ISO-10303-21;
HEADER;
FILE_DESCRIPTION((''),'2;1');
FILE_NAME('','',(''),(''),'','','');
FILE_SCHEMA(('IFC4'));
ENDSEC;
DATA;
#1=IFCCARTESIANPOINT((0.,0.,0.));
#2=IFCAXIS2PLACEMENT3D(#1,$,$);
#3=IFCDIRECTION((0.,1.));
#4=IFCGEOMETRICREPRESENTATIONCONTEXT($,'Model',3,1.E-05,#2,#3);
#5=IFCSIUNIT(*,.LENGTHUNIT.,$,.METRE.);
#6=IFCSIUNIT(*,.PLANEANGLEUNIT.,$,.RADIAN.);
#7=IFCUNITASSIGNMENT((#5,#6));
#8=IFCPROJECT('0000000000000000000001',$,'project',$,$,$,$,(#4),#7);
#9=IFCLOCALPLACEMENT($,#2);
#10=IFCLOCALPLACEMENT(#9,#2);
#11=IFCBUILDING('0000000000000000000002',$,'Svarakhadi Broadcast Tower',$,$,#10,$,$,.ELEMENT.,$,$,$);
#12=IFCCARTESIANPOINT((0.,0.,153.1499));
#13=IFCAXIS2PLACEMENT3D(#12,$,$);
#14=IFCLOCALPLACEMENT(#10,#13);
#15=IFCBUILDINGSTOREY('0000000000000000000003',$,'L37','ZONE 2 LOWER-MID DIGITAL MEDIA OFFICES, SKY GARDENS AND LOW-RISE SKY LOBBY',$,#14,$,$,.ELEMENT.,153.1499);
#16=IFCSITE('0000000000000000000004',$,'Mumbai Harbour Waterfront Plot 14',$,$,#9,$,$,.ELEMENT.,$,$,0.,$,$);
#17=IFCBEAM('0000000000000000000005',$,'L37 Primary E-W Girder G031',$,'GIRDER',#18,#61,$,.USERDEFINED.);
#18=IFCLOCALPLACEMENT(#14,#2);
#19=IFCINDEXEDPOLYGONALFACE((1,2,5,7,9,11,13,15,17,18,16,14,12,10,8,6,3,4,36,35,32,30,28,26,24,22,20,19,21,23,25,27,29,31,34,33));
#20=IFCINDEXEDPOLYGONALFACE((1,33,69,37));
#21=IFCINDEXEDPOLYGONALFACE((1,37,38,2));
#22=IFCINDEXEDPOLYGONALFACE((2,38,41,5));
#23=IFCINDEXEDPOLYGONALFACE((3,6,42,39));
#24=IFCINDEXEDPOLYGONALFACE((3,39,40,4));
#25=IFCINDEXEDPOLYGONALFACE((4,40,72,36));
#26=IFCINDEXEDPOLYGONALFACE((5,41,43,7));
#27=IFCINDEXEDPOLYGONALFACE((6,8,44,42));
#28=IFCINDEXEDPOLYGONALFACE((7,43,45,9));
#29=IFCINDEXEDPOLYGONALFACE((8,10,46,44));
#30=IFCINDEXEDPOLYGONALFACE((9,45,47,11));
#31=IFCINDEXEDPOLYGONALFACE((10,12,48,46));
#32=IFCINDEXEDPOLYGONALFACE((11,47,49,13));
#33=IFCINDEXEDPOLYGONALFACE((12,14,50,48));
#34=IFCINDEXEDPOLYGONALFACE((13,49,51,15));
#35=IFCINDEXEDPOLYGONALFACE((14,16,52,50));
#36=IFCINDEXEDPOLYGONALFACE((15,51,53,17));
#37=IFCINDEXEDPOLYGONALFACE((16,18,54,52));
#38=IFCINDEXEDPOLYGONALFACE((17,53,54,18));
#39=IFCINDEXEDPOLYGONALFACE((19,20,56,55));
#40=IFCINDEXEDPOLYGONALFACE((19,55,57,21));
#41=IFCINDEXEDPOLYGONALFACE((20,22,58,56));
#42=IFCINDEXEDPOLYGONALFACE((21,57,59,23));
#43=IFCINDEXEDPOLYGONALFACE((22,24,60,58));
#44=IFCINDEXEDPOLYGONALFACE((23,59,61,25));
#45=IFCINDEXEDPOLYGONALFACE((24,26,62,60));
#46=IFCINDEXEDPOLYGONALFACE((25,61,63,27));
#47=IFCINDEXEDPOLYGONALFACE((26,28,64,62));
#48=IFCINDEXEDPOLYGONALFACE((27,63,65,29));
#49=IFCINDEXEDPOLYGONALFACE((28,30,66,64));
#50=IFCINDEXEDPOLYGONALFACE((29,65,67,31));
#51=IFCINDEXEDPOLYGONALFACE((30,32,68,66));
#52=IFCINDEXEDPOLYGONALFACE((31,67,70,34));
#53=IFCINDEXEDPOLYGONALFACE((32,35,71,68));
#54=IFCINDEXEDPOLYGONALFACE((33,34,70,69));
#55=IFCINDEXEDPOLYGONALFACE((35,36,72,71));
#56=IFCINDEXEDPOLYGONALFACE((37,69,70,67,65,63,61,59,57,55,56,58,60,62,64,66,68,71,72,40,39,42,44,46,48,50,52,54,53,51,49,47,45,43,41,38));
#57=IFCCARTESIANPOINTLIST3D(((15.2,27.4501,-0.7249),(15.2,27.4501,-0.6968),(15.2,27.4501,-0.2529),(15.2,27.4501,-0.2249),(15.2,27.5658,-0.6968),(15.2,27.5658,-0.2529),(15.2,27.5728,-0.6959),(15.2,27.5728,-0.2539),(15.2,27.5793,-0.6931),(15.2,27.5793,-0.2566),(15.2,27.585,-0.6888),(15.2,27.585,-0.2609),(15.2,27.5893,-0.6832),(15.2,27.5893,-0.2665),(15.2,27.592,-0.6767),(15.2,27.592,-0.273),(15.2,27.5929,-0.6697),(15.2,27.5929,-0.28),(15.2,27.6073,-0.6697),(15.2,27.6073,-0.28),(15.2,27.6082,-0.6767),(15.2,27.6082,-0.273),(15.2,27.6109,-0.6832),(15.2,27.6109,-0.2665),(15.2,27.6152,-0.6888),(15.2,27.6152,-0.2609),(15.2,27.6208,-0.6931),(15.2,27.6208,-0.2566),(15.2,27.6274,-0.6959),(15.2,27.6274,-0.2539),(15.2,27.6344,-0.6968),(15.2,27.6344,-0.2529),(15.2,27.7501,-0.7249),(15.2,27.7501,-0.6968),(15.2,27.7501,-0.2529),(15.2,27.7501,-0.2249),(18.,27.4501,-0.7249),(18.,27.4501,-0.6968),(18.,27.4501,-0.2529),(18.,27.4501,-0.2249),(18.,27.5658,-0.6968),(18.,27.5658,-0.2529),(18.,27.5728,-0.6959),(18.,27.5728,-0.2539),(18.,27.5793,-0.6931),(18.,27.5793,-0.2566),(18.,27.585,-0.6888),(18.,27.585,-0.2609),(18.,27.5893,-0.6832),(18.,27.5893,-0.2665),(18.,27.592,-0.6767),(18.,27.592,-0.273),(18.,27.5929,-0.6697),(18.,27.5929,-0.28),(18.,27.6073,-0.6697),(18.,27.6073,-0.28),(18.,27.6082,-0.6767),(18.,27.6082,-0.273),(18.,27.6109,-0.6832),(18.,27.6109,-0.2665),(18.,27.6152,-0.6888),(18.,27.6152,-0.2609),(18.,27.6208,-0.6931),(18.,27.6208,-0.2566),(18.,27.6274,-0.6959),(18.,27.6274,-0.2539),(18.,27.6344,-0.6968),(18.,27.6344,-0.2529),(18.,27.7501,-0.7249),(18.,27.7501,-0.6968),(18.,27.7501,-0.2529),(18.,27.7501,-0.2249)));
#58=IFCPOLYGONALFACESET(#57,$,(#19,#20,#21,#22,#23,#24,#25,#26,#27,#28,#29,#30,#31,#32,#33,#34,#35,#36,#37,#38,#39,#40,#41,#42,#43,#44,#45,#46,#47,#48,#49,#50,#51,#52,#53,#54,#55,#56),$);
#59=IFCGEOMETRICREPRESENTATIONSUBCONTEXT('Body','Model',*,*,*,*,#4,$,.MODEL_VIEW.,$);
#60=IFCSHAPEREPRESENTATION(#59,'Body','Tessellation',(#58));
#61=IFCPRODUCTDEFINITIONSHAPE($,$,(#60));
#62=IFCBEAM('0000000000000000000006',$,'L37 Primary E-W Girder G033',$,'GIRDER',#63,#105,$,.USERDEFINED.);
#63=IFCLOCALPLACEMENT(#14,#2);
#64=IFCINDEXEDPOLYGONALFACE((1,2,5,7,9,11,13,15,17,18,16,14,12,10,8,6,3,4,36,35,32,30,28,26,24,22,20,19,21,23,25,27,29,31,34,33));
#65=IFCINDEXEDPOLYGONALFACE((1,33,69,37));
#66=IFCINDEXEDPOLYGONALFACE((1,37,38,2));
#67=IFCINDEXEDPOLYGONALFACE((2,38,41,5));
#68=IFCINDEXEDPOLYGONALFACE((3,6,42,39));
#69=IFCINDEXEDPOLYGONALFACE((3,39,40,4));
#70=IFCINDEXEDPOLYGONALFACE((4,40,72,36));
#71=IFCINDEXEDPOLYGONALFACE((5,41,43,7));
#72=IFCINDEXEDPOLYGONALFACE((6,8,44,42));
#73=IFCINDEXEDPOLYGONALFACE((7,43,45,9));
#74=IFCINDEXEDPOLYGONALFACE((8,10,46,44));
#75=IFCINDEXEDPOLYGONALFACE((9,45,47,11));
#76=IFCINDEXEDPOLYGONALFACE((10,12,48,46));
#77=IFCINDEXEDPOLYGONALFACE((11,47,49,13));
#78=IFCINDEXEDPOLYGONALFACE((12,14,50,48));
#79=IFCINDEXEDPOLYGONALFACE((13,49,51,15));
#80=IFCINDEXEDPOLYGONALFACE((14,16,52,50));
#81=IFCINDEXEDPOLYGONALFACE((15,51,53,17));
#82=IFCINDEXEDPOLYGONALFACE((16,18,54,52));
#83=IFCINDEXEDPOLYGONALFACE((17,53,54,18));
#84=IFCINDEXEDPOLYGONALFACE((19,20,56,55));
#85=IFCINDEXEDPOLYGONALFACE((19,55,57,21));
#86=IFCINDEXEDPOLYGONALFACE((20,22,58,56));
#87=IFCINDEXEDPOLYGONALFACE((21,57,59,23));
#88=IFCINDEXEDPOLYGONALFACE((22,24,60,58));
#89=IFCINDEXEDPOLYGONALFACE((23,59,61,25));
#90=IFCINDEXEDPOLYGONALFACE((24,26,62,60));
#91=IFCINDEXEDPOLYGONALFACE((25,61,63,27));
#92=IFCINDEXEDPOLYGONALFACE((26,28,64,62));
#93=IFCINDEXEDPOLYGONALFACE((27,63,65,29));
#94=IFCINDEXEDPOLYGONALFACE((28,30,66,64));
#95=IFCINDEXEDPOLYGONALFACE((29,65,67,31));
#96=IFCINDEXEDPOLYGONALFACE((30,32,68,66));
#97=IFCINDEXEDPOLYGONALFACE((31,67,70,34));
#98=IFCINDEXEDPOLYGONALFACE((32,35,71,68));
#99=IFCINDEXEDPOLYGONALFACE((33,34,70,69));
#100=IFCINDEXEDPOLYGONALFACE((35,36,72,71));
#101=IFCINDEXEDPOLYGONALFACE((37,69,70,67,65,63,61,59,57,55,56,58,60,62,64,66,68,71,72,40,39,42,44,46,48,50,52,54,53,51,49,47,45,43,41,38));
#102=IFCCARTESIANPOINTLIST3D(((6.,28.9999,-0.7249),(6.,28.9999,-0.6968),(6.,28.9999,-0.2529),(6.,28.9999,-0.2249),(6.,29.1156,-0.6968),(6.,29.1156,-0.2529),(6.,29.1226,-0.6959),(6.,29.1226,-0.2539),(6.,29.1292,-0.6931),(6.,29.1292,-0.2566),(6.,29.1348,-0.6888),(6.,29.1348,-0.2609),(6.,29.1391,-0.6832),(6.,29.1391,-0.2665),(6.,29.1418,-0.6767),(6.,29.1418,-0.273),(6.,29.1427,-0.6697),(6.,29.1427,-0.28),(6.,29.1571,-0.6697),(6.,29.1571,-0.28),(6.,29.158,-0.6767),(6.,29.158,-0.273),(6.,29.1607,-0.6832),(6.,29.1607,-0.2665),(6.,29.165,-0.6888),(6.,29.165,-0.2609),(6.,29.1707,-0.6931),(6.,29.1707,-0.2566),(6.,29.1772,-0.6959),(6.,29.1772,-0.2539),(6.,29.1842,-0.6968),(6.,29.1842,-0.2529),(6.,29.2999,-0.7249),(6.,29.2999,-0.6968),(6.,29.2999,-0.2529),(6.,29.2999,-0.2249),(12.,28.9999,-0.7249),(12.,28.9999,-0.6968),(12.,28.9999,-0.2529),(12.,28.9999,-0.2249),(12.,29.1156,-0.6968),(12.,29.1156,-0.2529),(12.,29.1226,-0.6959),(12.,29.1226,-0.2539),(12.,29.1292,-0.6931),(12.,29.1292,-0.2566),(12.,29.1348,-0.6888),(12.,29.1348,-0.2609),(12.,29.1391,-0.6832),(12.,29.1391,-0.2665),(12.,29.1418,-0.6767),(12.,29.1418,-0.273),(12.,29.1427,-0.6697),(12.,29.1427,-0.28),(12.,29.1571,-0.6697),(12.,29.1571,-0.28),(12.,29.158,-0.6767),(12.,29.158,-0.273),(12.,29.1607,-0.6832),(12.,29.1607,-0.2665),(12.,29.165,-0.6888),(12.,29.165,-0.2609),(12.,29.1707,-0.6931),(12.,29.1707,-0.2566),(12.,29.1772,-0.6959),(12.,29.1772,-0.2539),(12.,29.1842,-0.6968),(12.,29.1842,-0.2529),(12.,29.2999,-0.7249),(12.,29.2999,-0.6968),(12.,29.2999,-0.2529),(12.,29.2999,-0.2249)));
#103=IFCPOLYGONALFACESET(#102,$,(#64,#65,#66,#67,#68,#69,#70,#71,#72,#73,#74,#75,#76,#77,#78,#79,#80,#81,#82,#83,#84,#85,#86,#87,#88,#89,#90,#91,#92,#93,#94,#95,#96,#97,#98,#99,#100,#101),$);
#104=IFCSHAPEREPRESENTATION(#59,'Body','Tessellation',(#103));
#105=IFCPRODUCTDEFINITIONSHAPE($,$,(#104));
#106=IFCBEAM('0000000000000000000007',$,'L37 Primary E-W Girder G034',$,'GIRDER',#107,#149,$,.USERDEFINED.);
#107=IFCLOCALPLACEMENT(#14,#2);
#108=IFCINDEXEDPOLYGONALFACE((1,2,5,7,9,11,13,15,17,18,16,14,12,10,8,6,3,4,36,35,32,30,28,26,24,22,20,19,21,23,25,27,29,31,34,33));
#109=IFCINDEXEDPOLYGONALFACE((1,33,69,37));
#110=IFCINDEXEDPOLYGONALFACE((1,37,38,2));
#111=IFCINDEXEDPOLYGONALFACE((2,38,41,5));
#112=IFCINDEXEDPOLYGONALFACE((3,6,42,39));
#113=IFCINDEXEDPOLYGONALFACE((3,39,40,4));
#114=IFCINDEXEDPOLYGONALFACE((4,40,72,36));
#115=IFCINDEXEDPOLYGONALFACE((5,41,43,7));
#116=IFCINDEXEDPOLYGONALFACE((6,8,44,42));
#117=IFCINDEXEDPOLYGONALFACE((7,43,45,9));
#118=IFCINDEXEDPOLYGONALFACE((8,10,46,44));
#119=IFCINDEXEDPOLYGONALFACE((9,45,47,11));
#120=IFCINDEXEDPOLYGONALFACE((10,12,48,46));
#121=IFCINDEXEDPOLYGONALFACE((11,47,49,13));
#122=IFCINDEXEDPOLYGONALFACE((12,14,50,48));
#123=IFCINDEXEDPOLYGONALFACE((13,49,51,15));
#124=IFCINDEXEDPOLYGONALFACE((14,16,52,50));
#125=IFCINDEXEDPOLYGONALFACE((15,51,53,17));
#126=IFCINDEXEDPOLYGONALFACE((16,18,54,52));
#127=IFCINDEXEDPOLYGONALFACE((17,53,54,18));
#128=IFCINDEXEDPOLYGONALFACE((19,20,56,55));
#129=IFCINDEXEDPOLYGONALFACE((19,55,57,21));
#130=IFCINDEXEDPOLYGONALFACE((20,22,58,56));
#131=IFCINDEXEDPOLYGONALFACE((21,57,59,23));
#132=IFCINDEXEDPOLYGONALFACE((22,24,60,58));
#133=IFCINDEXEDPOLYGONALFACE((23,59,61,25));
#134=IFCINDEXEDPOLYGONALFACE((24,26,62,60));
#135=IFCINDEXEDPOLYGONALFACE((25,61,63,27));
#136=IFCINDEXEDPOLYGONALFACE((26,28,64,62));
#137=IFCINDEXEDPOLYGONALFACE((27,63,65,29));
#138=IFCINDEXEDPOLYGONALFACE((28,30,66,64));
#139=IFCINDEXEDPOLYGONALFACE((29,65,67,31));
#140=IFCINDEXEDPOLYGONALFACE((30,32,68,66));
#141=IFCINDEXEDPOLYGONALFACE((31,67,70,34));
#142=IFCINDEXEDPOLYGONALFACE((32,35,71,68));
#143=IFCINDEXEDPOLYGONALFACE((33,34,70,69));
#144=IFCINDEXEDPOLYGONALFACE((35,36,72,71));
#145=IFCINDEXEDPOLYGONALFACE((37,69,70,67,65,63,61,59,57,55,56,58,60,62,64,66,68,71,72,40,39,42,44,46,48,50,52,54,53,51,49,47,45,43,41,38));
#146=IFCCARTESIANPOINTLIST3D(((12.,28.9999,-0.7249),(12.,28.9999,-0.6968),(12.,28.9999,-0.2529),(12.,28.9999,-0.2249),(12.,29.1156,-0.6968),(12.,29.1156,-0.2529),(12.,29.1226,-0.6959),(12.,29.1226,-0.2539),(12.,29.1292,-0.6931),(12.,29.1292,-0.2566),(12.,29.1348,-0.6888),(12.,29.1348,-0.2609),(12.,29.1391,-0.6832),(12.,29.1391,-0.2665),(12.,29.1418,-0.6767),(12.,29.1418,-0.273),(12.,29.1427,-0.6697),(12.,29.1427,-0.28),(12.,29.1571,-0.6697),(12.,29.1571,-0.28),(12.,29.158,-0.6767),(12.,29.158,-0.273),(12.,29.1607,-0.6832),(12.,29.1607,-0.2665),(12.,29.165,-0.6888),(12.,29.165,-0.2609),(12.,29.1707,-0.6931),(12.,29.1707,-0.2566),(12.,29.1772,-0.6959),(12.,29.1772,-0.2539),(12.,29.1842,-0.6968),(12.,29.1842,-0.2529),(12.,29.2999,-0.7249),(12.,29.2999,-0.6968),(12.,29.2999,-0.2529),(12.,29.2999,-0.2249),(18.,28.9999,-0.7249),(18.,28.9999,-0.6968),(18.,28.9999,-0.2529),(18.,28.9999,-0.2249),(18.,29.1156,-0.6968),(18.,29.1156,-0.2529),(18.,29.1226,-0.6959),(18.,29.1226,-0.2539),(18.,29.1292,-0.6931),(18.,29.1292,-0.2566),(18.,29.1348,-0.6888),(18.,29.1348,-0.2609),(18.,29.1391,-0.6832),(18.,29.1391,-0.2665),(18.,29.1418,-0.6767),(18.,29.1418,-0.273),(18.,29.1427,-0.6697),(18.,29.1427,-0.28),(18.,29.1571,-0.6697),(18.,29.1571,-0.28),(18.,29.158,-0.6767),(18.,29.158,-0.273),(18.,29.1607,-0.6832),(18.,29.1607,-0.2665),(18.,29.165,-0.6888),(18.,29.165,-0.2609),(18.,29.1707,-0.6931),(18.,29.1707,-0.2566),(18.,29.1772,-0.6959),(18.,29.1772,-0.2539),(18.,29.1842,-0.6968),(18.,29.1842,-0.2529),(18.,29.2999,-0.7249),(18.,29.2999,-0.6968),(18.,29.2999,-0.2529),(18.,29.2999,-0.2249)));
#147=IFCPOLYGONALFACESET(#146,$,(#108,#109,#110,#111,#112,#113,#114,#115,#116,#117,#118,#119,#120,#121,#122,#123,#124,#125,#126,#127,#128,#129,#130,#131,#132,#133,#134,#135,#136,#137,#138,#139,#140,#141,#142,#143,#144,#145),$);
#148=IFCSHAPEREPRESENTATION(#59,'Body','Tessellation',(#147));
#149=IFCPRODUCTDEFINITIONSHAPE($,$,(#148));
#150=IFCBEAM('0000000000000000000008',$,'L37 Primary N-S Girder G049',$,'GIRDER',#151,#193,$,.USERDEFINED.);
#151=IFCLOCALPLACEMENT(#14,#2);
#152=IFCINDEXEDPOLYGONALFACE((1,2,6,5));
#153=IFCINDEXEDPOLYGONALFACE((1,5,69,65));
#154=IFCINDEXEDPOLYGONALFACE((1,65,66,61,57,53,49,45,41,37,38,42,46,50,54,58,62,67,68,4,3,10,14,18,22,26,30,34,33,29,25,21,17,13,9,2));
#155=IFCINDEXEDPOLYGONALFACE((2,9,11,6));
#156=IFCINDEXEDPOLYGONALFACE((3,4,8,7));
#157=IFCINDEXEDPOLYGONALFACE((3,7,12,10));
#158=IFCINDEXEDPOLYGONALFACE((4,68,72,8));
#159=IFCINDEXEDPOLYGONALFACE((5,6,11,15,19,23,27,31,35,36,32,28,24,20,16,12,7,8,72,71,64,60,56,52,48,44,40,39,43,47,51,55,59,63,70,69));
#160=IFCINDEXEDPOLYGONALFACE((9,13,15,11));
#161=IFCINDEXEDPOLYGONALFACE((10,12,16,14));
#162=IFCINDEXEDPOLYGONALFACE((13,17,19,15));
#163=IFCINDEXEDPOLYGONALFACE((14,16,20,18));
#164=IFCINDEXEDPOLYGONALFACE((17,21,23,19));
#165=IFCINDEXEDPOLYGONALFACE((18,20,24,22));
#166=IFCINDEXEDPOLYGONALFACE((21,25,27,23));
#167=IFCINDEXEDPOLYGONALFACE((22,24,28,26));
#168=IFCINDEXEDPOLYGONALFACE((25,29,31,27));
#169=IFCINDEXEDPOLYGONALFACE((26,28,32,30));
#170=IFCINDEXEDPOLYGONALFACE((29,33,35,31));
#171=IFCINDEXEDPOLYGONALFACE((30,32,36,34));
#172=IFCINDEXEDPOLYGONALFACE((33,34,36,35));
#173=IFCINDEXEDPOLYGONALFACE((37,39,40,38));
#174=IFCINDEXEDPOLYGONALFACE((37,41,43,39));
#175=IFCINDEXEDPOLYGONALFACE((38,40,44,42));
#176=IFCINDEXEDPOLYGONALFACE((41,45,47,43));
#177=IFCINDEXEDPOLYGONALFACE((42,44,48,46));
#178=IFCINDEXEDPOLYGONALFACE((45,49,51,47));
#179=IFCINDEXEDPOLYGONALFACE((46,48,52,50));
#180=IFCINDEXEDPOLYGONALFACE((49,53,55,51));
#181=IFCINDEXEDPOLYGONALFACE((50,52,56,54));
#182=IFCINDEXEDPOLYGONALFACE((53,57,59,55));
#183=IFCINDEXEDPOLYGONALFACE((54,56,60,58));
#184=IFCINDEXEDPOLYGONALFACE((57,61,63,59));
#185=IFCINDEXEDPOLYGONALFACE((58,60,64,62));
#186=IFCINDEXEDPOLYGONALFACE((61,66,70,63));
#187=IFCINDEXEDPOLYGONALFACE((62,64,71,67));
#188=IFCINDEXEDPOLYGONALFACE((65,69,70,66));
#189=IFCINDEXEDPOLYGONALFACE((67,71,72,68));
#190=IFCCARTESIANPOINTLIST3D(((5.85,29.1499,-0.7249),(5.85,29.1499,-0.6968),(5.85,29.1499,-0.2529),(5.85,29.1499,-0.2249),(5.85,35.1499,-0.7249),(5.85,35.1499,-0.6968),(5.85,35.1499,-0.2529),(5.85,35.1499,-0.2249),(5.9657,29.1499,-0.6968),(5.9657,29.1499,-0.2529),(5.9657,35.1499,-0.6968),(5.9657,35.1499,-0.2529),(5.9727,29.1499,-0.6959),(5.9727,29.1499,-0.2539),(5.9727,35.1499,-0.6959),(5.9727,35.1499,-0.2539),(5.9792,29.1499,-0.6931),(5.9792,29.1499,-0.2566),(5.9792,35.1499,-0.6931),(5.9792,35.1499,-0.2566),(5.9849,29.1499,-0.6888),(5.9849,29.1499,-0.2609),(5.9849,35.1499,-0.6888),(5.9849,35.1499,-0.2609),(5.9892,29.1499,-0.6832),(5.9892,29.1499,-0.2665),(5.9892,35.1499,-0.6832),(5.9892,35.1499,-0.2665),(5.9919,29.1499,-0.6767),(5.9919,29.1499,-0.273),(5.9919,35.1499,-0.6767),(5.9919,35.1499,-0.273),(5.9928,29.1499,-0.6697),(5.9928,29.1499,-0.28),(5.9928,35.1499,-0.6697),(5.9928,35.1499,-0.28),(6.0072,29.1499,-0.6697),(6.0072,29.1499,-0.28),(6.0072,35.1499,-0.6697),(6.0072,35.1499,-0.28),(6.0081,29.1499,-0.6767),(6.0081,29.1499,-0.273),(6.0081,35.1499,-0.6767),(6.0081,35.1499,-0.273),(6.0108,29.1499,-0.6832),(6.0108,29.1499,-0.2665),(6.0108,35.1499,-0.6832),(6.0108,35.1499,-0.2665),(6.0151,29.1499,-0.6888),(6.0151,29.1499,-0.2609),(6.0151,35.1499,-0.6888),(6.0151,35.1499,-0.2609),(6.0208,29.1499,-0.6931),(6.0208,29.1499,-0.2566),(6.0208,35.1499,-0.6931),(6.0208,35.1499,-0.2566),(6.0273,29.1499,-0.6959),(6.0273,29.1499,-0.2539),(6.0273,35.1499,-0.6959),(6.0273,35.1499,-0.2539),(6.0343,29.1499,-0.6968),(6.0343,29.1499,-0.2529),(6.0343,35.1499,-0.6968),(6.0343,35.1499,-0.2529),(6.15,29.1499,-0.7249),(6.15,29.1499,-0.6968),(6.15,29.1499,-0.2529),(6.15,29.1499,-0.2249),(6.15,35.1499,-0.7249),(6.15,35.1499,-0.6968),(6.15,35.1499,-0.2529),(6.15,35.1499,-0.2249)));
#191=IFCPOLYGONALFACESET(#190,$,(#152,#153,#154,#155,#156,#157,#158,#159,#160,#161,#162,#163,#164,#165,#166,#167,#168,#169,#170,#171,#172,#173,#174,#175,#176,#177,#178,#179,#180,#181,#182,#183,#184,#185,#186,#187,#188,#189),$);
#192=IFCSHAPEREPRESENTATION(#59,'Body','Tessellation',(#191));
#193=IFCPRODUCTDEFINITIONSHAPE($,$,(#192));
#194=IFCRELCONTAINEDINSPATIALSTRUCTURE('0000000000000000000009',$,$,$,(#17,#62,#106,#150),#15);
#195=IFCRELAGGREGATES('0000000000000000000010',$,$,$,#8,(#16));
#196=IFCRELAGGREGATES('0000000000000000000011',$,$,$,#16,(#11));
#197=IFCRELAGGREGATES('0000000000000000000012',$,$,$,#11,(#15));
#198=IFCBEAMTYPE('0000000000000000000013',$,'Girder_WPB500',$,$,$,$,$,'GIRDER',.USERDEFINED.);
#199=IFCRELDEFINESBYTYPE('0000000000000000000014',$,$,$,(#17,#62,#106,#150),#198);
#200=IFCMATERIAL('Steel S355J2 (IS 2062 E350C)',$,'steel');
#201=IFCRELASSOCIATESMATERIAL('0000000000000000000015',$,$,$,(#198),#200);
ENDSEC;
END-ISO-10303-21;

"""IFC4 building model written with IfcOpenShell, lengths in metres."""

from ifc_helpers import new_model, si_unit, direction, frame, origin, origin_2d, place, context, subcontext, project, spatial, i_section, extrude, material, material_profile, profile_set, type_object, element, save


model = new_model("IFC4")

# Units and contexts
model_context = context("Model", 3, precision=1e-05, world=origin(), true_north=direction((0.0, 1.0)))
body_context = subcontext(model_context, "Body", "Model", "MODEL_VIEW")
ifc_project = project(units=[si_unit("LENGTHUNIT", "METRE"), si_unit("PLANEANGLEUNIT", "RADIAN")], contexts=[model_context])

# Site, building, storey
site_placement = place(None, origin())
site = spatial("IfcSite", under=ifc_project, at=site_placement, Name="Mumbai Harbour Waterfront Plot 14", CompositionType="ELEMENT", RefElevation=0.0)
building_placement = place(site_placement, origin())
building = spatial("IfcBuilding", under=site, at=building_placement, Name="Svarakhadi Broadcast Tower", CompositionType="ELEMENT")
storey_placement = place(building_placement, frame((0.0, 0.0, 153.1499)))
storey = spatial("IfcBuildingStorey", under=building, at=storey_placement, Name="L37", Description="ZONE 2 LOWER-MID DIGITAL MEDIA OFFICES, SKY GARDENS AND LOW-RISE SKY LOBBY", CompositionType="ELEMENT", Elevation=153.1499)

# Beams
ifc_material_1 = material(Name="Steel S355J2 (IS 2062 E350C)", Category="steel")
ifc_material_profile_1 = material_profile(ifc_material_1, i_section(OverallWidth=0.3, OverallDepth=0.5, WebThickness=0.0144, FlangeThickness=0.0281, FilletRadius=0.0271, at=origin_2d()), Name="WPB 500x300x187")
ifc_profile_set_1 = profile_set([ifc_material_profile_1], Name="Steel S355J2 (IS 2062 E350C)")
beam_type_1 = type_object("IfcBeamType", Name="Girder_WPB500", ElementType="GIRDER", PredefinedType="USERDEFINED", material=ifc_profile_set_1)
beam_1_placement = place(storey_placement, frame((15.2, 27.6001, -0.4749), z_axis=(1.0, 0.0, 0.0), x_axis=(0.0, 1.0, 0.0)))
element("IfcBeam", 1, at=beam_1_placement, inside=storey, type_object=beam_type_1, Name="L37 Primary E-W Girder G031", ObjectType="GIRDER", PredefinedType="USERDEFINED", context=body_context, shape_type="SweptSolid", body=[
    extrude(i_section(OverallWidth=0.3, OverallDepth=0.5, WebThickness=0.0144, FlangeThickness=0.0281, FilletRadius=0.0271, at=origin_2d()), origin(), (0.0, 0.0, 1.0), 2.8),
])
for number, where, z_axis, x_axis, name in (
    (2, (6.0, 29.1499, -0.4749), (1.0, 0.0, 0.0), (0.0, 1.0, 0.0), "L37 Primary E-W Girder G033"),
    (3, (12.0, 29.1499, -0.4749), (1.0, 0.0, 0.0), (0.0, 1.0, 0.0), "L37 Primary E-W Girder G034"),
    (4, (6.0, 29.1499, -0.4749), (0.0, 1.0, 0.0), (-1.0, 0.0, 0.0), "L37 Primary N-S Girder G049"),
):
    element("IfcBeam", number, at=place(storey_placement, frame(where, z_axis=z_axis, x_axis=x_axis)), inside=storey, type_object=beam_type_1, Name=name, ObjectType="GIRDER", PredefinedType="USERDEFINED", context=body_context, shape_type="SweptSolid", body=[
        extrude(i_section(OverallWidth=0.3, OverallDepth=0.5, WebThickness=0.0144, FlangeThickness=0.0281, FilletRadius=0.0271, at=origin_2d()), origin(), (0.0, 0.0, 1.0), 6.0),
    ])

save(model, "model.ifc")
